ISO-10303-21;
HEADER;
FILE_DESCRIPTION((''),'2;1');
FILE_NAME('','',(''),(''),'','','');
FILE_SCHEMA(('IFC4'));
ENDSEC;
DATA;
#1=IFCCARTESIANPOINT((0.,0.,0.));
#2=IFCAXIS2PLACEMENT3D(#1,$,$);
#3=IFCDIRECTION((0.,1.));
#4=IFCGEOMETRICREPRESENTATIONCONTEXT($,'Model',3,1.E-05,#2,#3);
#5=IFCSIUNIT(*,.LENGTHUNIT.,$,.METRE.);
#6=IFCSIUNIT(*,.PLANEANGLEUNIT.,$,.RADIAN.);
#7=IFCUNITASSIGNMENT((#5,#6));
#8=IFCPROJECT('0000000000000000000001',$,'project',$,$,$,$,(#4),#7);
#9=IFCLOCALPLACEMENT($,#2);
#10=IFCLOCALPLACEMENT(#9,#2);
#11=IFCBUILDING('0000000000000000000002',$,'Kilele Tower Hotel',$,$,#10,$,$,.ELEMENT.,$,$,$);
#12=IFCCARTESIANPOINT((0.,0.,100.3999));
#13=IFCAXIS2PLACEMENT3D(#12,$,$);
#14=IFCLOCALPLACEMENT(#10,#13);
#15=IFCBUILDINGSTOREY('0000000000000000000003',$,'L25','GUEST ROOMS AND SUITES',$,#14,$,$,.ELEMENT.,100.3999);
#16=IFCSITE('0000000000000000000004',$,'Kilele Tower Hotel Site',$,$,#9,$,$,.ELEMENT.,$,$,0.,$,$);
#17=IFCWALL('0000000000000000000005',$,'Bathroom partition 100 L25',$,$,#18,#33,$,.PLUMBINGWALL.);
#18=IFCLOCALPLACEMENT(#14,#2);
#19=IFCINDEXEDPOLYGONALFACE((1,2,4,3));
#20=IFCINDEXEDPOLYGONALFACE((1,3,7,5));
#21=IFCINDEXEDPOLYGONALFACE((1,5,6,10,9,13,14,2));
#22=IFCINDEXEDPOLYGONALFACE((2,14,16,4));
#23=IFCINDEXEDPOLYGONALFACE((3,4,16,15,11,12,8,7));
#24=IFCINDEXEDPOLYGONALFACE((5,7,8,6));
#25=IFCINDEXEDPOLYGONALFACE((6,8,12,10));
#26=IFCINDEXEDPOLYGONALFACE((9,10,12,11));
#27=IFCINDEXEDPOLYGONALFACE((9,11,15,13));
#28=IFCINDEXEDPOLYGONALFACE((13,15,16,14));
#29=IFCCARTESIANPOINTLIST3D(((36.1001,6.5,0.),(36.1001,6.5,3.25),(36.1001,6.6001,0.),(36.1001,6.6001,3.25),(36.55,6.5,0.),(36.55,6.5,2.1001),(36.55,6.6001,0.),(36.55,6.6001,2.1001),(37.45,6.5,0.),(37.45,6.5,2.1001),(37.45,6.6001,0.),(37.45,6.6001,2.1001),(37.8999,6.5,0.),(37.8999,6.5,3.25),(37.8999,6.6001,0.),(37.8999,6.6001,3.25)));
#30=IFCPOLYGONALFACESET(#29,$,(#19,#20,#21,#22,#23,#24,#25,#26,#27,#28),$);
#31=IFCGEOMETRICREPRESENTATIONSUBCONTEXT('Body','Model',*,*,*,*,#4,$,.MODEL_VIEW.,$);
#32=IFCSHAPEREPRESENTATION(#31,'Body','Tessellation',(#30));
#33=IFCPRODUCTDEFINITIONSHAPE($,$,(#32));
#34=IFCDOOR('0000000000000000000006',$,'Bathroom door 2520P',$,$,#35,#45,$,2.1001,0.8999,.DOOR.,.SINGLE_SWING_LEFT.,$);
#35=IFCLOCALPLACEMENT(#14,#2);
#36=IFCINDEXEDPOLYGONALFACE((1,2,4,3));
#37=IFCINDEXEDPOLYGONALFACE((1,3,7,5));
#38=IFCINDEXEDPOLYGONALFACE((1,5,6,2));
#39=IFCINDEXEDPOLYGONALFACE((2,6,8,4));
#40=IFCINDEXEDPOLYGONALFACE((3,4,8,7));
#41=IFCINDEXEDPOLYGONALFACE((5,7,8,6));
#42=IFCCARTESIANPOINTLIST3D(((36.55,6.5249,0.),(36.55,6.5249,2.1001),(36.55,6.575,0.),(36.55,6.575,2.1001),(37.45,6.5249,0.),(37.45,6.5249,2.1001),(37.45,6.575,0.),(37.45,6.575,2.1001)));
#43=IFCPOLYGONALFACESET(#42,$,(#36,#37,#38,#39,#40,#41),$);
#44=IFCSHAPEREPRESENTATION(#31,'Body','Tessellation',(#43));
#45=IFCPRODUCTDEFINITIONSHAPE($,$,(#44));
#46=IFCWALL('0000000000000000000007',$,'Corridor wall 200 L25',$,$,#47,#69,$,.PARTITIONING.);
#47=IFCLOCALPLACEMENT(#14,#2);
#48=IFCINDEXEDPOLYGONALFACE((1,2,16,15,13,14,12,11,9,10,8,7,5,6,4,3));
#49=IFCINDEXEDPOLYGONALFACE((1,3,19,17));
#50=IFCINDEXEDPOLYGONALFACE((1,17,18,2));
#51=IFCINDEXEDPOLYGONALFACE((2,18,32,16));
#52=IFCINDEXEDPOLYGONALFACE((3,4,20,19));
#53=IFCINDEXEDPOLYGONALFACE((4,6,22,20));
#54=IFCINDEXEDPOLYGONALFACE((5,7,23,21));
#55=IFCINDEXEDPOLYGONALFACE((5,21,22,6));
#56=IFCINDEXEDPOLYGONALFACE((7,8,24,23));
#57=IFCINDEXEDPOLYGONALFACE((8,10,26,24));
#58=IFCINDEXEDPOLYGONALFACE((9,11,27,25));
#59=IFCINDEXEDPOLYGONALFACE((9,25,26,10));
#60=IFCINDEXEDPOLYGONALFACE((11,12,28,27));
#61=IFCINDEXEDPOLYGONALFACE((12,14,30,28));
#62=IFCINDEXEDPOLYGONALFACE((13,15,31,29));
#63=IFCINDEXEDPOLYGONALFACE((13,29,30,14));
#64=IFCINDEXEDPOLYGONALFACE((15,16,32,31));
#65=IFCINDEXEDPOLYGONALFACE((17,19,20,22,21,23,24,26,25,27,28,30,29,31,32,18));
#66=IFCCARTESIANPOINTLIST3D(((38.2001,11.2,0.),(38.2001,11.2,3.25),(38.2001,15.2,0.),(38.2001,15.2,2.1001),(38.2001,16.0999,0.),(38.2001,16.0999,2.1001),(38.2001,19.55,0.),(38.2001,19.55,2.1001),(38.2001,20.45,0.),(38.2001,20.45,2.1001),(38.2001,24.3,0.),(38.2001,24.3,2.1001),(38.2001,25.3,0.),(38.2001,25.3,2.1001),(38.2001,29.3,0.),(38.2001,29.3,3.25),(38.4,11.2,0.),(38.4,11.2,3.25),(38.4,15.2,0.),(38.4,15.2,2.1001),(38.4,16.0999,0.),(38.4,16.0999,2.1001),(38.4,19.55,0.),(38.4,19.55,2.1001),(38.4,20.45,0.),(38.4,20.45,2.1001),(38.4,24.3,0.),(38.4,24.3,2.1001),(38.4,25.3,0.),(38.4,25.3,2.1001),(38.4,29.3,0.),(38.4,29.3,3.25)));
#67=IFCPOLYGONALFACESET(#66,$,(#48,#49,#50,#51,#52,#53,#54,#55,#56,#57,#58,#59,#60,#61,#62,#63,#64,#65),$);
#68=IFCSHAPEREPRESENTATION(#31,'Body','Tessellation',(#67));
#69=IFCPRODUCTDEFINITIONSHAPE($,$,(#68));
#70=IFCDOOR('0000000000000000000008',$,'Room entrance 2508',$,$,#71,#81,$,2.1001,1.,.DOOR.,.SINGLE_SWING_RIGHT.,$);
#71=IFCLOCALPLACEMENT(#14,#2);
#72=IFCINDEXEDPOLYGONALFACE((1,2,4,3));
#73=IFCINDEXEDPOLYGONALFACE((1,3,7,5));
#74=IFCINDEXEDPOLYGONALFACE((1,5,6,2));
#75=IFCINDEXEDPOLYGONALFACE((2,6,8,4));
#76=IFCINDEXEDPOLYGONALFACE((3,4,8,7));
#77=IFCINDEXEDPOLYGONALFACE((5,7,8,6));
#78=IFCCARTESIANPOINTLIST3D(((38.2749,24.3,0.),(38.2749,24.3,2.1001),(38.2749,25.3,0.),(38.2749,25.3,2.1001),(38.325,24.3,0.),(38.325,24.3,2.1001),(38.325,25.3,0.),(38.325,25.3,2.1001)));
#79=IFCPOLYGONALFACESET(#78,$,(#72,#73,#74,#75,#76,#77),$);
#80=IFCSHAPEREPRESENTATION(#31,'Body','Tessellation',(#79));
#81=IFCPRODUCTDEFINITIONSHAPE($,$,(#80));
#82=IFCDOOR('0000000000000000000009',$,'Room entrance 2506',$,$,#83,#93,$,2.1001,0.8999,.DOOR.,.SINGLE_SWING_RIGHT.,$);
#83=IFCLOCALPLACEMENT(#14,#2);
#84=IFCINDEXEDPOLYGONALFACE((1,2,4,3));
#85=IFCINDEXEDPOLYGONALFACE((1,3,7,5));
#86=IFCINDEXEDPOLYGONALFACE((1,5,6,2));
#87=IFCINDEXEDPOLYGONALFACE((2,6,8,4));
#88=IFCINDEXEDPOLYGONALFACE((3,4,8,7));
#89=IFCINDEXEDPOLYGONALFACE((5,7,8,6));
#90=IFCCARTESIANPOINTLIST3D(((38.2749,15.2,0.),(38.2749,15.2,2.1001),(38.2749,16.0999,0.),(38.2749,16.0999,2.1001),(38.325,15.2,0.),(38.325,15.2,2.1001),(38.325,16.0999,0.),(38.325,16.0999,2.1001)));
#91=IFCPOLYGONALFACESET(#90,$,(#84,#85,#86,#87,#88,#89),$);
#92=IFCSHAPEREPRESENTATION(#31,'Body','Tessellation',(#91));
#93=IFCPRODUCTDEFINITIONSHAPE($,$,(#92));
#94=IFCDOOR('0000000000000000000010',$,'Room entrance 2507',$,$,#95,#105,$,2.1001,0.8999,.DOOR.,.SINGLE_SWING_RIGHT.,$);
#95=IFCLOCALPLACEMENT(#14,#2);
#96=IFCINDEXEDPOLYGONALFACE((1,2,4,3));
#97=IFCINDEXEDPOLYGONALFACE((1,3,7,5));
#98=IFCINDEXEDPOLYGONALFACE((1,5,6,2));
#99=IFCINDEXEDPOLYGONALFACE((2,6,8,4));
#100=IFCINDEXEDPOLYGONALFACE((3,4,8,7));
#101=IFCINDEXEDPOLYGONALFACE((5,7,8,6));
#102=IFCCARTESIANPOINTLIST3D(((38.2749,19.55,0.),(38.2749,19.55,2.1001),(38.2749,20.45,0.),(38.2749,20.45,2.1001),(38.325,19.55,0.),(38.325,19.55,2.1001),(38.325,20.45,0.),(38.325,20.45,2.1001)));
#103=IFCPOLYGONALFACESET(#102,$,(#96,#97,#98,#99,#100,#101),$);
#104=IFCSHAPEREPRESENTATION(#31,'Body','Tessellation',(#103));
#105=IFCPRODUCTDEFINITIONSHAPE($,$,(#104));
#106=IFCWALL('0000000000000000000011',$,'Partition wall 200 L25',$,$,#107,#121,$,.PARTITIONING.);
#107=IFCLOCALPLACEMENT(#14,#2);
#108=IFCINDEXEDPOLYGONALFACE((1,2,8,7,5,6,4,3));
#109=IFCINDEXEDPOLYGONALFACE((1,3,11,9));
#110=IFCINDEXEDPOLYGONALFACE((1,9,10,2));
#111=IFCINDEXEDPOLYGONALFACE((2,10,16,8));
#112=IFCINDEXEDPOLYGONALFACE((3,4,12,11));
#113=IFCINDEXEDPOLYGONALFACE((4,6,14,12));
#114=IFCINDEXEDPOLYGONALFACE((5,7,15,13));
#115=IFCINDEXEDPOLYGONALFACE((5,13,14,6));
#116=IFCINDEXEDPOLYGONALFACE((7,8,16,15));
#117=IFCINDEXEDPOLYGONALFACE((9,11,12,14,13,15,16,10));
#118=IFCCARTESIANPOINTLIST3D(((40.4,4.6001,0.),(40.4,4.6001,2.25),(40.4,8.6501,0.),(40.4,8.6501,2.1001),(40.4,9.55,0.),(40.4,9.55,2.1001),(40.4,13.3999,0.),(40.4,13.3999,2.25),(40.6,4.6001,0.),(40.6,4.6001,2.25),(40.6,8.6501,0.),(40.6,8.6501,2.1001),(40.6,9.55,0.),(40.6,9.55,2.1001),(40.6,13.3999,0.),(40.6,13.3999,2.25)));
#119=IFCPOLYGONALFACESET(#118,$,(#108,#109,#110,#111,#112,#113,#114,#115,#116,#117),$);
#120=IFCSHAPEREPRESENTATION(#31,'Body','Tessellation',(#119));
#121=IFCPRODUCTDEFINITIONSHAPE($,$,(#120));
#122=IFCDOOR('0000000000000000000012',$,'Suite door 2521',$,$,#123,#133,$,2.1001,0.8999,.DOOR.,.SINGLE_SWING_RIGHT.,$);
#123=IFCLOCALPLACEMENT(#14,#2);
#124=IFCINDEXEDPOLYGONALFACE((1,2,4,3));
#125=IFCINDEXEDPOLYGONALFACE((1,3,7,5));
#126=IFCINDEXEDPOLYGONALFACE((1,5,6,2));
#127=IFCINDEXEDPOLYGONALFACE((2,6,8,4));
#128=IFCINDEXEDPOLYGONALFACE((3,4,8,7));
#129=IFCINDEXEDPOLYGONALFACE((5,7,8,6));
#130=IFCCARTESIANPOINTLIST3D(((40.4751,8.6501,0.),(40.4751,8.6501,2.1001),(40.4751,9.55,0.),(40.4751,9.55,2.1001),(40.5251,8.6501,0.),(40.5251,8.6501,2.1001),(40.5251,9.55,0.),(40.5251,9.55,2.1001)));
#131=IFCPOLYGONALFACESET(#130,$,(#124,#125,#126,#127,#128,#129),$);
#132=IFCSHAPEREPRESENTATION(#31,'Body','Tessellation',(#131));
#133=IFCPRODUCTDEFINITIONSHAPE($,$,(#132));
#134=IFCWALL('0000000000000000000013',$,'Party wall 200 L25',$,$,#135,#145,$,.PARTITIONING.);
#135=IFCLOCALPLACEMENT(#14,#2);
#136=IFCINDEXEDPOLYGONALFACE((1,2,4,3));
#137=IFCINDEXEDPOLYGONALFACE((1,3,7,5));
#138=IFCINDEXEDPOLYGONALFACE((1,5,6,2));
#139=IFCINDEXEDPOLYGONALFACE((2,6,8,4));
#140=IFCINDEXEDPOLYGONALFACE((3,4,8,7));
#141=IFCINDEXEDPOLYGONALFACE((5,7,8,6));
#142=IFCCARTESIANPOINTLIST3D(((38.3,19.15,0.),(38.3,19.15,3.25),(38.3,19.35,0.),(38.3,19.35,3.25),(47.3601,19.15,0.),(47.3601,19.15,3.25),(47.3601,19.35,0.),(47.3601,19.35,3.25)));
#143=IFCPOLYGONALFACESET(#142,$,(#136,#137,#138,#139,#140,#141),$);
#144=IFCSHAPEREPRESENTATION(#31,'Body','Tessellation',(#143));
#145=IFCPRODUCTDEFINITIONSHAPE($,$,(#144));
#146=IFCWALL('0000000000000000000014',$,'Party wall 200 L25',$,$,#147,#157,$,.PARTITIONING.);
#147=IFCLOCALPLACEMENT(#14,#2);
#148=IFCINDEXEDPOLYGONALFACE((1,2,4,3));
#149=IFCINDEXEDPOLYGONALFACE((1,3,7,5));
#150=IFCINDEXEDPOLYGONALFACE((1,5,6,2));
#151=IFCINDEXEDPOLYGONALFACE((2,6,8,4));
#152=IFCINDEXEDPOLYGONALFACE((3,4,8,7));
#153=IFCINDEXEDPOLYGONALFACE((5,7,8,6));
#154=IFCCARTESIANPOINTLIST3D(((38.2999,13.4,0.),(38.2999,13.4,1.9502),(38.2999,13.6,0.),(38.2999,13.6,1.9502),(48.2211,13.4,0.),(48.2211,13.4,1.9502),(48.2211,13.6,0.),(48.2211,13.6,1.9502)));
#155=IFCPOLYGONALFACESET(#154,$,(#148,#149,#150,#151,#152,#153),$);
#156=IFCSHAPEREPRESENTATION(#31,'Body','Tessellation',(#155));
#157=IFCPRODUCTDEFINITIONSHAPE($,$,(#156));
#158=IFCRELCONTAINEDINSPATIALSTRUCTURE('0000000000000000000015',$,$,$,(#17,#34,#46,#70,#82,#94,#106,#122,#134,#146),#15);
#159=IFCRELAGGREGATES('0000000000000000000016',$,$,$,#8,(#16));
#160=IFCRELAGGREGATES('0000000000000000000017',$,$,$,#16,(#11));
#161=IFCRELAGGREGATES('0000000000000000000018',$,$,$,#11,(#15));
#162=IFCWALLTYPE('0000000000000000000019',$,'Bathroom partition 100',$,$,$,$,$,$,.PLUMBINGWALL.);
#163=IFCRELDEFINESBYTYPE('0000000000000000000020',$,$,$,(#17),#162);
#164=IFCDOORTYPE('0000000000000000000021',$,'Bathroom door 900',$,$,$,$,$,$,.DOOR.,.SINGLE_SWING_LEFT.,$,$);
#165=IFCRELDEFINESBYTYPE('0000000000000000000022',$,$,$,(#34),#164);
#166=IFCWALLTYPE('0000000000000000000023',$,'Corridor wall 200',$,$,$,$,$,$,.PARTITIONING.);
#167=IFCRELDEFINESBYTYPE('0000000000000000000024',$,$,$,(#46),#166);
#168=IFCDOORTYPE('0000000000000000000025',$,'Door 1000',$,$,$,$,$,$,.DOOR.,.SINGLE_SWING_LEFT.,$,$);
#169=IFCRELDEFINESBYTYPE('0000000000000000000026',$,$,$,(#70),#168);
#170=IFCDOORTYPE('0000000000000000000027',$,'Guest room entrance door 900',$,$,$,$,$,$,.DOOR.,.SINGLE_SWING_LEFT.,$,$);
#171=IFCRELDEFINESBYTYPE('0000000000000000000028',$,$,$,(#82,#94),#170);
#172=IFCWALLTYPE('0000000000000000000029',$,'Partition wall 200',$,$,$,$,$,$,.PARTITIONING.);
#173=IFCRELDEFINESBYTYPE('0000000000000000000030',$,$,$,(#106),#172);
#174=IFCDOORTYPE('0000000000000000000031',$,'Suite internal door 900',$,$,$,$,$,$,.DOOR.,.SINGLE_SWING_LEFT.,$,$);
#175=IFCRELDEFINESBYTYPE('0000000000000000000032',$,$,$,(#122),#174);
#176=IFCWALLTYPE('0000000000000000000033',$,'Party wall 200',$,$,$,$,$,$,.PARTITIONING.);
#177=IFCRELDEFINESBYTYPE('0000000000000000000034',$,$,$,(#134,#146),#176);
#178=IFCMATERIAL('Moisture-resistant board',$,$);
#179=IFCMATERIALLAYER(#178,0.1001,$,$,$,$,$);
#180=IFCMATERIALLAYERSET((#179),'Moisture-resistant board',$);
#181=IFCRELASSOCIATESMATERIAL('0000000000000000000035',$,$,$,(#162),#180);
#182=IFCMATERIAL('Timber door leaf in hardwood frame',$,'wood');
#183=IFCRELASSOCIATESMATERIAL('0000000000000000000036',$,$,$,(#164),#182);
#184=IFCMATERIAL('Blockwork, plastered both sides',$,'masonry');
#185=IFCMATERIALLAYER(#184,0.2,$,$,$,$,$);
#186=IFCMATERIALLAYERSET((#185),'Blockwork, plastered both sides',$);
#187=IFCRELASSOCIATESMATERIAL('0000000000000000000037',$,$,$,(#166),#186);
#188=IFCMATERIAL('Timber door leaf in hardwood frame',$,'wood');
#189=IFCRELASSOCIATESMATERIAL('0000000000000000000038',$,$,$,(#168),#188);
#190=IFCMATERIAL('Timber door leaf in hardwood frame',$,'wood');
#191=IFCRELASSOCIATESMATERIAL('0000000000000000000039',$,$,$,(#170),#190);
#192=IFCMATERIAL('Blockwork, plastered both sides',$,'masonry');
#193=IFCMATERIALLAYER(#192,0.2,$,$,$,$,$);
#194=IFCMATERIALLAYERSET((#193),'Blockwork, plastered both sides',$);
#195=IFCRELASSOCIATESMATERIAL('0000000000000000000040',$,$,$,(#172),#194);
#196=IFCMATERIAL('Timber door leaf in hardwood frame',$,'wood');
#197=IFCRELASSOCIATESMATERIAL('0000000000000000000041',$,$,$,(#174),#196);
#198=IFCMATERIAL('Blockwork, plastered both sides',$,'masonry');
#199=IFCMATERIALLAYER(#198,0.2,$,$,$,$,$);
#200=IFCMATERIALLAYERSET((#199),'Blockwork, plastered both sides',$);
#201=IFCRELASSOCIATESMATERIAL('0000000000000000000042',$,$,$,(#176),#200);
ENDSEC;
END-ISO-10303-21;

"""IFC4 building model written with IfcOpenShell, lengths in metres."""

from ifc_helpers import new_model, si_unit, direction, frame, frame_2d, origin, place, context, subcontext, project, spatial, rectangle, extrude, material, layer, layer_set, type_object, element, fill, save


model = new_model("IFC4")

# Units and contexts
model_context = context("Model", 3, precision=1e-05, world=origin(), true_north=direction((0.0, 1.0)))
body_context = subcontext(model_context, "Body", "Model", "MODEL_VIEW")
ifc_project = project(units=[si_unit("LENGTHUNIT", "METRE"), si_unit("PLANEANGLEUNIT", "RADIAN")], contexts=[model_context])

# Site, building, storey
site_placement = place(None, origin())
site = spatial("IfcSite", under=ifc_project, at=site_placement, Name="Kilele Tower Hotel Site", CompositionType="ELEMENT", RefElevation=0.0)
building_placement = place(site_placement, origin())
building = spatial("IfcBuilding", under=site, at=building_placement, Name="Kilele Tower Hotel", CompositionType="ELEMENT")
storey_placement = place(building_placement, frame((0.0, 0.0, 100.3999)))
storey = spatial("IfcBuildingStorey", under=building, at=storey_placement, Name="L25", Description="GUEST ROOMS AND SUITES", CompositionType="ELEMENT", Elevation=100.3999)

# Shared definitions
ifc_material_1 = material(Name="Moisture-resistant board")
ifc_layer_1 = layer(ifc_material_1, 0.1001)
ifc_layer_set_1 = layer_set([ifc_layer_1], Name="Moisture-resistant board")
wall_type_1 = type_object("IfcWallType", Name="Bathroom partition 100", PredefinedType="PLUMBINGWALL", material=ifc_layer_set_1)

# Wall, opening, door
ifc_material_2 = material(Name="Timber door leaf in hardwood frame", Category="wood")
door_type_1 = type_object("IfcDoorType", Name="Bathroom door 900", OperationType="SINGLE_SWING_LEFT", PredefinedType="DOOR", material=ifc_material_2)
wall_1_placement = place(storey_placement, frame((36.1001, 6.55, 0.0), z_axis=(0.0, 0.0, 1.0), x_axis=(1.0, 0.0, 0.0)))
wall_1 = element("IfcWall", 1, at=wall_1_placement, inside=storey, type_object=wall_type_1, Name="Bathroom partition 100 L25", PredefinedType="PLUMBINGWALL", context=body_context, shape_type="SweptSolid", body=[
    extrude(rectangle(XDim=1.7998, YDim=0.1001, at=frame_2d((0.8999, 0.0))), origin(), (0.0, 0.0, 1.0), 3.25),
])
opening_1_placement = place(wall_1_placement, frame((0.45, 0.0, 0.0)))
opening_1 = element("IfcOpeningElement", 2, at=opening_1_placement, cuts=wall_1, PredefinedType="OPENING", context=body_context, shape_type="SweptSolid", body=[
    extrude(rectangle(XDim=0.8999, YDim=2.1001, at=frame_2d((0.45, 1.05))), frame((0.0, 0.0601, 0.0), z_axis=(0.0, -1.0, 0.0), x_axis=(1.0, 0.0, 0.0)), (0.0, 0.0, 1.0), 0.1201),
])
door_1_placement = place(opening_1_placement, origin())
door_1 = element("IfcDoor", 3, at=door_1_placement, inside=storey, type_object=door_type_1, Name="Bathroom door 2520P", OperationType="SINGLE_SWING_LEFT", OverallHeight=2.1001, OverallWidth=0.8999, PredefinedType="DOOR", context=body_context, shape_type="SweptSolid", body=[
    extrude(rectangle(XDim=0.8999, YDim=2.1001, at=frame_2d((0.45, 1.05))), frame((0.0, 0.0249, 0.0), z_axis=(0.0, -1.0, 0.0), x_axis=(1.0, 0.0, 0.0)), (0.0, 0.0, 1.0), 0.05),
])
fill(opening_1, door_1)

# Wall, openings, doors
ifc_material_3 = material(Name="Blockwork, plastered both sides", Category="masonry")
ifc_layer_2 = layer(ifc_material_3, 0.2)
ifc_layer_set_2 = layer_set([ifc_layer_2], Name="Blockwork, plastered both sides")
wall_type_2 = type_object("IfcWallType", Name="Corridor wall 200", PredefinedType="PARTITIONING", material=ifc_layer_set_2)
wall_2_placement = place(storey_placement, frame((38.3, 11.2, 0.0), z_axis=(0.0, 0.0, 1.0), x_axis=(0.0, 1.0, 0.0)))
wall_2 = element("IfcWall", 4, at=wall_2_placement, inside=storey, type_object=wall_type_2, Name="Corridor wall 200 L25", PredefinedType="PARTITIONING", context=body_context, shape_type="SweptSolid", body=[
    extrude(rectangle(XDim=18.1001, YDim=0.2, at=frame_2d((9.05, 0.0))), origin(), (0.0, 0.0, 1.0), 3.25),
])
opening_2_placement = place(wall_2_placement, frame((4.8999, 0.0, 0.0), z_axis=(0.0, 0.0, 1.0), x_axis=(-1.0, 0.0, 0.0)))
opening_2 = element("IfcOpeningElement", 5, at=opening_2_placement, cuts=wall_2, PredefinedType="OPENING", context=body_context, shape_type="SweptSolid", body=[
    extrude(rectangle(XDim=0.8999, YDim=2.1001, at=frame_2d((0.45, 1.05))), frame((0.0, 0.1099, 0.0), z_axis=(0.0, -1.0, 0.0), x_axis=(1.0, 0.0, 0.0)), (0.0, 0.0, 1.0), 0.22),
])
opening_3_placement = place(wall_2_placement, frame((9.25, 0.0, 0.0), z_axis=(0.0, 0.0, 1.0), x_axis=(-1.0, 0.0, 0.0)))
opening_3 = element("IfcOpeningElement", 6, at=opening_3_placement, cuts=wall_2, PredefinedType="OPENING", context=body_context, shape_type="SweptSolid", body=[
    extrude(rectangle(XDim=0.8999, YDim=2.1001, at=frame_2d((0.45, 1.05))), frame((0.0, 0.1099, 0.0), z_axis=(0.0, -1.0, 0.0), x_axis=(1.0, 0.0, 0.0)), (0.0, 0.0, 1.0), 0.22),
])
opening_4_placement = place(wall_2_placement, frame((14.1001, 0.0, 0.0), z_axis=(0.0, 0.0, 1.0), x_axis=(-1.0, 0.0, 0.0)))
opening_4 = element("IfcOpeningElement", 7, at=opening_4_placement, cuts=wall_2, PredefinedType="OPENING", context=body_context, shape_type="SweptSolid", body=[
    extrude(rectangle(XDim=1.0, YDim=2.1001, at=frame_2d((0.5, 1.05))), frame((0.0, 0.1099, 0.0), z_axis=(0.0, -1.0, 0.0), x_axis=(1.0, 0.0, 0.0)), (0.0, 0.0, 1.0), 0.22),
])
ifc_material_4 = material(Name="Timber door leaf in hardwood frame", Category="wood")
door_type_2 = type_object("IfcDoorType", Name="Door 1000", OperationType="SINGLE_SWING_LEFT", PredefinedType="DOOR", material=ifc_material_4)
door_2_placement = place(opening_4_placement, origin())
door_2 = element("IfcDoor", 8, at=door_2_placement, inside=storey, type_object=door_type_2, Name="Room entrance 2508", OperationType="SINGLE_SWING_RIGHT", OverallHeight=2.1001, OverallWidth=1.0, PredefinedType="DOOR", context=body_context, shape_type="SweptSolid", body=[
    extrude(rectangle(XDim=1.0, YDim=2.1001, at=frame_2d((0.5, 1.05))), frame((0.0, 0.0249, 0.0), z_axis=(0.0, -1.0, 0.0), x_axis=(1.0, 0.0, 0.0)), (0.0, 0.0, 1.0), 0.05),
])
fill(opening_4, door_2)
ifc_material_5 = material(Name="Timber door leaf in hardwood frame", Category="wood")
door_type_3 = type_object("IfcDoorType", Name="Guest room entrance door 900", OperationType="SINGLE_SWING_LEFT", PredefinedType="DOOR", material=ifc_material_5)
door_3_placement = place(opening_2_placement, origin())
door_3 = element("IfcDoor", 9, at=door_3_placement, inside=storey, type_object=door_type_3, Name="Room entrance 2506", OperationType="SINGLE_SWING_RIGHT", OverallHeight=2.1001, OverallWidth=0.8999, PredefinedType="DOOR", context=body_context, shape_type="SweptSolid", body=[
    extrude(rectangle(XDim=0.8999, YDim=2.1001, at=frame_2d((0.45, 1.05))), frame((0.0, 0.0249, 0.0), z_axis=(0.0, -1.0, 0.0), x_axis=(1.0, 0.0, 0.0)), (0.0, 0.0, 1.0), 0.05),
])
fill(opening_2, door_3)
door_4_placement = place(opening_3_placement, origin())
door_4 = element("IfcDoor", 10, at=door_4_placement, inside=storey, type_object=door_type_3, Name="Room entrance 2507", OperationType="SINGLE_SWING_RIGHT", OverallHeight=2.1001, OverallWidth=0.8999, PredefinedType="DOOR", context=body_context, shape_type="SweptSolid", body=[
    extrude(rectangle(XDim=0.8999, YDim=2.1001, at=frame_2d((0.45, 1.05))), frame((0.0, 0.0249, 0.0), z_axis=(0.0, -1.0, 0.0), x_axis=(1.0, 0.0, 0.0)), (0.0, 0.0, 1.0), 0.05),
])
fill(opening_3, door_4)

# Wall, opening, door
ifc_material_6 = material(Name="Blockwork, plastered both sides", Category="masonry")
ifc_layer_3 = layer(ifc_material_6, 0.2)
ifc_layer_set_3 = layer_set([ifc_layer_3], Name="Blockwork, plastered both sides")
wall_type_3 = type_object("IfcWallType", Name="Partition wall 200", PredefinedType="PARTITIONING", material=ifc_layer_set_3)
wall_3_placement = place(storey_placement, frame((40.5, 4.6001, 0.0), z_axis=(0.0, 0.0, 1.0), x_axis=(0.0, 1.0, 0.0)))
wall_3 = element("IfcWall", 11, at=wall_3_placement, inside=storey, type_object=wall_type_3, Name="Partition wall 200 L25", PredefinedType="PARTITIONING", context=body_context, shape_type="SweptSolid", body=[
    extrude(rectangle(XDim=8.7998, YDim=0.2, at=frame_2d((4.3999, 0.0))), origin(), (0.0, 0.0, 1.0), 2.25),
])
opening_5_placement = place(wall_3_placement, frame((4.05, 0.0, 0.0)))
opening_5 = element("IfcOpeningElement", 12, at=opening_5_placement, cuts=wall_3, PredefinedType="OPENING", context=body_context, shape_type="SweptSolid", body=[
    extrude(rectangle(XDim=0.8999, YDim=2.1001, at=frame_2d((0.45, 1.05))), frame((0.0, 0.1099, 0.0), z_axis=(0.0, -1.0, 0.0), x_axis=(1.0, 0.0, 0.0)), (0.0, 0.0, 1.0), 0.22),
])
ifc_material_7 = material(Name="Timber door leaf in hardwood frame", Category="wood")
door_type_4 = type_object("IfcDoorType", Name="Suite internal door 900", OperationType="SINGLE_SWING_LEFT", PredefinedType="DOOR", material=ifc_material_7)
door_5_placement = place(opening_5_placement, origin())
door_5 = element("IfcDoor", 13, at=door_5_placement, inside=storey, type_object=door_type_4, Name="Suite door 2521", OperationType="SINGLE_SWING_RIGHT", OverallHeight=2.1001, OverallWidth=0.8999, PredefinedType="DOOR", context=body_context, shape_type="SweptSolid", body=[
    extrude(rectangle(XDim=0.8999, YDim=2.1001, at=frame_2d((0.45, 1.05))), frame((0.0, 0.0249, 0.0), z_axis=(0.0, -1.0, 0.0), x_axis=(1.0, 0.0, 0.0)), (0.0, 0.0, 1.0), 0.05),
])
fill(opening_5, door_5)

# Walls
ifc_material_8 = material(Name="Blockwork, plastered both sides", Category="masonry")
ifc_layer_4 = layer(ifc_material_8, 0.2)
ifc_layer_set_4 = layer_set([ifc_layer_4], Name="Blockwork, plastered both sides")
wall_type_4 = type_object("IfcWallType", Name="Party wall 200", PredefinedType="PARTITIONING", material=ifc_layer_set_4)
wall_4_placement = place(storey_placement, frame((38.3, 19.25, 0.0), z_axis=(0.0, 0.0, 1.0), x_axis=(1.0, 0.0, 0.0)))
element("IfcWall", 14, at=wall_4_placement, inside=storey, type_object=wall_type_4, Name="Party wall 200 L25", PredefinedType="PARTITIONING", context=body_context, shape_type="SweptSolid", body=[
    extrude(rectangle(XDim=9.0601, YDim=0.2, at=frame_2d((4.53, 0.0))), origin(), (0.0, 0.0, 1.0), 3.25),
])
wall_5_placement = place(storey_placement, frame((38.3, 13.5, 0.0), z_axis=(0.0, 0.0, 1.0), x_axis=(1.0, 0.0, 0.0)))
element("IfcWall", 15, at=wall_5_placement, inside=storey, type_object=wall_type_4, Name="Party wall 200 L25", PredefinedType="PARTITIONING", context=body_context, shape_type="SweptSolid", body=[
    extrude(rectangle(XDim=9.9211, YDim=0.2, at=frame_2d((4.9604, 0.0))), origin(), (0.0, 0.0, 1.0), 1.9502),
])

save(model, "model.ifc")
